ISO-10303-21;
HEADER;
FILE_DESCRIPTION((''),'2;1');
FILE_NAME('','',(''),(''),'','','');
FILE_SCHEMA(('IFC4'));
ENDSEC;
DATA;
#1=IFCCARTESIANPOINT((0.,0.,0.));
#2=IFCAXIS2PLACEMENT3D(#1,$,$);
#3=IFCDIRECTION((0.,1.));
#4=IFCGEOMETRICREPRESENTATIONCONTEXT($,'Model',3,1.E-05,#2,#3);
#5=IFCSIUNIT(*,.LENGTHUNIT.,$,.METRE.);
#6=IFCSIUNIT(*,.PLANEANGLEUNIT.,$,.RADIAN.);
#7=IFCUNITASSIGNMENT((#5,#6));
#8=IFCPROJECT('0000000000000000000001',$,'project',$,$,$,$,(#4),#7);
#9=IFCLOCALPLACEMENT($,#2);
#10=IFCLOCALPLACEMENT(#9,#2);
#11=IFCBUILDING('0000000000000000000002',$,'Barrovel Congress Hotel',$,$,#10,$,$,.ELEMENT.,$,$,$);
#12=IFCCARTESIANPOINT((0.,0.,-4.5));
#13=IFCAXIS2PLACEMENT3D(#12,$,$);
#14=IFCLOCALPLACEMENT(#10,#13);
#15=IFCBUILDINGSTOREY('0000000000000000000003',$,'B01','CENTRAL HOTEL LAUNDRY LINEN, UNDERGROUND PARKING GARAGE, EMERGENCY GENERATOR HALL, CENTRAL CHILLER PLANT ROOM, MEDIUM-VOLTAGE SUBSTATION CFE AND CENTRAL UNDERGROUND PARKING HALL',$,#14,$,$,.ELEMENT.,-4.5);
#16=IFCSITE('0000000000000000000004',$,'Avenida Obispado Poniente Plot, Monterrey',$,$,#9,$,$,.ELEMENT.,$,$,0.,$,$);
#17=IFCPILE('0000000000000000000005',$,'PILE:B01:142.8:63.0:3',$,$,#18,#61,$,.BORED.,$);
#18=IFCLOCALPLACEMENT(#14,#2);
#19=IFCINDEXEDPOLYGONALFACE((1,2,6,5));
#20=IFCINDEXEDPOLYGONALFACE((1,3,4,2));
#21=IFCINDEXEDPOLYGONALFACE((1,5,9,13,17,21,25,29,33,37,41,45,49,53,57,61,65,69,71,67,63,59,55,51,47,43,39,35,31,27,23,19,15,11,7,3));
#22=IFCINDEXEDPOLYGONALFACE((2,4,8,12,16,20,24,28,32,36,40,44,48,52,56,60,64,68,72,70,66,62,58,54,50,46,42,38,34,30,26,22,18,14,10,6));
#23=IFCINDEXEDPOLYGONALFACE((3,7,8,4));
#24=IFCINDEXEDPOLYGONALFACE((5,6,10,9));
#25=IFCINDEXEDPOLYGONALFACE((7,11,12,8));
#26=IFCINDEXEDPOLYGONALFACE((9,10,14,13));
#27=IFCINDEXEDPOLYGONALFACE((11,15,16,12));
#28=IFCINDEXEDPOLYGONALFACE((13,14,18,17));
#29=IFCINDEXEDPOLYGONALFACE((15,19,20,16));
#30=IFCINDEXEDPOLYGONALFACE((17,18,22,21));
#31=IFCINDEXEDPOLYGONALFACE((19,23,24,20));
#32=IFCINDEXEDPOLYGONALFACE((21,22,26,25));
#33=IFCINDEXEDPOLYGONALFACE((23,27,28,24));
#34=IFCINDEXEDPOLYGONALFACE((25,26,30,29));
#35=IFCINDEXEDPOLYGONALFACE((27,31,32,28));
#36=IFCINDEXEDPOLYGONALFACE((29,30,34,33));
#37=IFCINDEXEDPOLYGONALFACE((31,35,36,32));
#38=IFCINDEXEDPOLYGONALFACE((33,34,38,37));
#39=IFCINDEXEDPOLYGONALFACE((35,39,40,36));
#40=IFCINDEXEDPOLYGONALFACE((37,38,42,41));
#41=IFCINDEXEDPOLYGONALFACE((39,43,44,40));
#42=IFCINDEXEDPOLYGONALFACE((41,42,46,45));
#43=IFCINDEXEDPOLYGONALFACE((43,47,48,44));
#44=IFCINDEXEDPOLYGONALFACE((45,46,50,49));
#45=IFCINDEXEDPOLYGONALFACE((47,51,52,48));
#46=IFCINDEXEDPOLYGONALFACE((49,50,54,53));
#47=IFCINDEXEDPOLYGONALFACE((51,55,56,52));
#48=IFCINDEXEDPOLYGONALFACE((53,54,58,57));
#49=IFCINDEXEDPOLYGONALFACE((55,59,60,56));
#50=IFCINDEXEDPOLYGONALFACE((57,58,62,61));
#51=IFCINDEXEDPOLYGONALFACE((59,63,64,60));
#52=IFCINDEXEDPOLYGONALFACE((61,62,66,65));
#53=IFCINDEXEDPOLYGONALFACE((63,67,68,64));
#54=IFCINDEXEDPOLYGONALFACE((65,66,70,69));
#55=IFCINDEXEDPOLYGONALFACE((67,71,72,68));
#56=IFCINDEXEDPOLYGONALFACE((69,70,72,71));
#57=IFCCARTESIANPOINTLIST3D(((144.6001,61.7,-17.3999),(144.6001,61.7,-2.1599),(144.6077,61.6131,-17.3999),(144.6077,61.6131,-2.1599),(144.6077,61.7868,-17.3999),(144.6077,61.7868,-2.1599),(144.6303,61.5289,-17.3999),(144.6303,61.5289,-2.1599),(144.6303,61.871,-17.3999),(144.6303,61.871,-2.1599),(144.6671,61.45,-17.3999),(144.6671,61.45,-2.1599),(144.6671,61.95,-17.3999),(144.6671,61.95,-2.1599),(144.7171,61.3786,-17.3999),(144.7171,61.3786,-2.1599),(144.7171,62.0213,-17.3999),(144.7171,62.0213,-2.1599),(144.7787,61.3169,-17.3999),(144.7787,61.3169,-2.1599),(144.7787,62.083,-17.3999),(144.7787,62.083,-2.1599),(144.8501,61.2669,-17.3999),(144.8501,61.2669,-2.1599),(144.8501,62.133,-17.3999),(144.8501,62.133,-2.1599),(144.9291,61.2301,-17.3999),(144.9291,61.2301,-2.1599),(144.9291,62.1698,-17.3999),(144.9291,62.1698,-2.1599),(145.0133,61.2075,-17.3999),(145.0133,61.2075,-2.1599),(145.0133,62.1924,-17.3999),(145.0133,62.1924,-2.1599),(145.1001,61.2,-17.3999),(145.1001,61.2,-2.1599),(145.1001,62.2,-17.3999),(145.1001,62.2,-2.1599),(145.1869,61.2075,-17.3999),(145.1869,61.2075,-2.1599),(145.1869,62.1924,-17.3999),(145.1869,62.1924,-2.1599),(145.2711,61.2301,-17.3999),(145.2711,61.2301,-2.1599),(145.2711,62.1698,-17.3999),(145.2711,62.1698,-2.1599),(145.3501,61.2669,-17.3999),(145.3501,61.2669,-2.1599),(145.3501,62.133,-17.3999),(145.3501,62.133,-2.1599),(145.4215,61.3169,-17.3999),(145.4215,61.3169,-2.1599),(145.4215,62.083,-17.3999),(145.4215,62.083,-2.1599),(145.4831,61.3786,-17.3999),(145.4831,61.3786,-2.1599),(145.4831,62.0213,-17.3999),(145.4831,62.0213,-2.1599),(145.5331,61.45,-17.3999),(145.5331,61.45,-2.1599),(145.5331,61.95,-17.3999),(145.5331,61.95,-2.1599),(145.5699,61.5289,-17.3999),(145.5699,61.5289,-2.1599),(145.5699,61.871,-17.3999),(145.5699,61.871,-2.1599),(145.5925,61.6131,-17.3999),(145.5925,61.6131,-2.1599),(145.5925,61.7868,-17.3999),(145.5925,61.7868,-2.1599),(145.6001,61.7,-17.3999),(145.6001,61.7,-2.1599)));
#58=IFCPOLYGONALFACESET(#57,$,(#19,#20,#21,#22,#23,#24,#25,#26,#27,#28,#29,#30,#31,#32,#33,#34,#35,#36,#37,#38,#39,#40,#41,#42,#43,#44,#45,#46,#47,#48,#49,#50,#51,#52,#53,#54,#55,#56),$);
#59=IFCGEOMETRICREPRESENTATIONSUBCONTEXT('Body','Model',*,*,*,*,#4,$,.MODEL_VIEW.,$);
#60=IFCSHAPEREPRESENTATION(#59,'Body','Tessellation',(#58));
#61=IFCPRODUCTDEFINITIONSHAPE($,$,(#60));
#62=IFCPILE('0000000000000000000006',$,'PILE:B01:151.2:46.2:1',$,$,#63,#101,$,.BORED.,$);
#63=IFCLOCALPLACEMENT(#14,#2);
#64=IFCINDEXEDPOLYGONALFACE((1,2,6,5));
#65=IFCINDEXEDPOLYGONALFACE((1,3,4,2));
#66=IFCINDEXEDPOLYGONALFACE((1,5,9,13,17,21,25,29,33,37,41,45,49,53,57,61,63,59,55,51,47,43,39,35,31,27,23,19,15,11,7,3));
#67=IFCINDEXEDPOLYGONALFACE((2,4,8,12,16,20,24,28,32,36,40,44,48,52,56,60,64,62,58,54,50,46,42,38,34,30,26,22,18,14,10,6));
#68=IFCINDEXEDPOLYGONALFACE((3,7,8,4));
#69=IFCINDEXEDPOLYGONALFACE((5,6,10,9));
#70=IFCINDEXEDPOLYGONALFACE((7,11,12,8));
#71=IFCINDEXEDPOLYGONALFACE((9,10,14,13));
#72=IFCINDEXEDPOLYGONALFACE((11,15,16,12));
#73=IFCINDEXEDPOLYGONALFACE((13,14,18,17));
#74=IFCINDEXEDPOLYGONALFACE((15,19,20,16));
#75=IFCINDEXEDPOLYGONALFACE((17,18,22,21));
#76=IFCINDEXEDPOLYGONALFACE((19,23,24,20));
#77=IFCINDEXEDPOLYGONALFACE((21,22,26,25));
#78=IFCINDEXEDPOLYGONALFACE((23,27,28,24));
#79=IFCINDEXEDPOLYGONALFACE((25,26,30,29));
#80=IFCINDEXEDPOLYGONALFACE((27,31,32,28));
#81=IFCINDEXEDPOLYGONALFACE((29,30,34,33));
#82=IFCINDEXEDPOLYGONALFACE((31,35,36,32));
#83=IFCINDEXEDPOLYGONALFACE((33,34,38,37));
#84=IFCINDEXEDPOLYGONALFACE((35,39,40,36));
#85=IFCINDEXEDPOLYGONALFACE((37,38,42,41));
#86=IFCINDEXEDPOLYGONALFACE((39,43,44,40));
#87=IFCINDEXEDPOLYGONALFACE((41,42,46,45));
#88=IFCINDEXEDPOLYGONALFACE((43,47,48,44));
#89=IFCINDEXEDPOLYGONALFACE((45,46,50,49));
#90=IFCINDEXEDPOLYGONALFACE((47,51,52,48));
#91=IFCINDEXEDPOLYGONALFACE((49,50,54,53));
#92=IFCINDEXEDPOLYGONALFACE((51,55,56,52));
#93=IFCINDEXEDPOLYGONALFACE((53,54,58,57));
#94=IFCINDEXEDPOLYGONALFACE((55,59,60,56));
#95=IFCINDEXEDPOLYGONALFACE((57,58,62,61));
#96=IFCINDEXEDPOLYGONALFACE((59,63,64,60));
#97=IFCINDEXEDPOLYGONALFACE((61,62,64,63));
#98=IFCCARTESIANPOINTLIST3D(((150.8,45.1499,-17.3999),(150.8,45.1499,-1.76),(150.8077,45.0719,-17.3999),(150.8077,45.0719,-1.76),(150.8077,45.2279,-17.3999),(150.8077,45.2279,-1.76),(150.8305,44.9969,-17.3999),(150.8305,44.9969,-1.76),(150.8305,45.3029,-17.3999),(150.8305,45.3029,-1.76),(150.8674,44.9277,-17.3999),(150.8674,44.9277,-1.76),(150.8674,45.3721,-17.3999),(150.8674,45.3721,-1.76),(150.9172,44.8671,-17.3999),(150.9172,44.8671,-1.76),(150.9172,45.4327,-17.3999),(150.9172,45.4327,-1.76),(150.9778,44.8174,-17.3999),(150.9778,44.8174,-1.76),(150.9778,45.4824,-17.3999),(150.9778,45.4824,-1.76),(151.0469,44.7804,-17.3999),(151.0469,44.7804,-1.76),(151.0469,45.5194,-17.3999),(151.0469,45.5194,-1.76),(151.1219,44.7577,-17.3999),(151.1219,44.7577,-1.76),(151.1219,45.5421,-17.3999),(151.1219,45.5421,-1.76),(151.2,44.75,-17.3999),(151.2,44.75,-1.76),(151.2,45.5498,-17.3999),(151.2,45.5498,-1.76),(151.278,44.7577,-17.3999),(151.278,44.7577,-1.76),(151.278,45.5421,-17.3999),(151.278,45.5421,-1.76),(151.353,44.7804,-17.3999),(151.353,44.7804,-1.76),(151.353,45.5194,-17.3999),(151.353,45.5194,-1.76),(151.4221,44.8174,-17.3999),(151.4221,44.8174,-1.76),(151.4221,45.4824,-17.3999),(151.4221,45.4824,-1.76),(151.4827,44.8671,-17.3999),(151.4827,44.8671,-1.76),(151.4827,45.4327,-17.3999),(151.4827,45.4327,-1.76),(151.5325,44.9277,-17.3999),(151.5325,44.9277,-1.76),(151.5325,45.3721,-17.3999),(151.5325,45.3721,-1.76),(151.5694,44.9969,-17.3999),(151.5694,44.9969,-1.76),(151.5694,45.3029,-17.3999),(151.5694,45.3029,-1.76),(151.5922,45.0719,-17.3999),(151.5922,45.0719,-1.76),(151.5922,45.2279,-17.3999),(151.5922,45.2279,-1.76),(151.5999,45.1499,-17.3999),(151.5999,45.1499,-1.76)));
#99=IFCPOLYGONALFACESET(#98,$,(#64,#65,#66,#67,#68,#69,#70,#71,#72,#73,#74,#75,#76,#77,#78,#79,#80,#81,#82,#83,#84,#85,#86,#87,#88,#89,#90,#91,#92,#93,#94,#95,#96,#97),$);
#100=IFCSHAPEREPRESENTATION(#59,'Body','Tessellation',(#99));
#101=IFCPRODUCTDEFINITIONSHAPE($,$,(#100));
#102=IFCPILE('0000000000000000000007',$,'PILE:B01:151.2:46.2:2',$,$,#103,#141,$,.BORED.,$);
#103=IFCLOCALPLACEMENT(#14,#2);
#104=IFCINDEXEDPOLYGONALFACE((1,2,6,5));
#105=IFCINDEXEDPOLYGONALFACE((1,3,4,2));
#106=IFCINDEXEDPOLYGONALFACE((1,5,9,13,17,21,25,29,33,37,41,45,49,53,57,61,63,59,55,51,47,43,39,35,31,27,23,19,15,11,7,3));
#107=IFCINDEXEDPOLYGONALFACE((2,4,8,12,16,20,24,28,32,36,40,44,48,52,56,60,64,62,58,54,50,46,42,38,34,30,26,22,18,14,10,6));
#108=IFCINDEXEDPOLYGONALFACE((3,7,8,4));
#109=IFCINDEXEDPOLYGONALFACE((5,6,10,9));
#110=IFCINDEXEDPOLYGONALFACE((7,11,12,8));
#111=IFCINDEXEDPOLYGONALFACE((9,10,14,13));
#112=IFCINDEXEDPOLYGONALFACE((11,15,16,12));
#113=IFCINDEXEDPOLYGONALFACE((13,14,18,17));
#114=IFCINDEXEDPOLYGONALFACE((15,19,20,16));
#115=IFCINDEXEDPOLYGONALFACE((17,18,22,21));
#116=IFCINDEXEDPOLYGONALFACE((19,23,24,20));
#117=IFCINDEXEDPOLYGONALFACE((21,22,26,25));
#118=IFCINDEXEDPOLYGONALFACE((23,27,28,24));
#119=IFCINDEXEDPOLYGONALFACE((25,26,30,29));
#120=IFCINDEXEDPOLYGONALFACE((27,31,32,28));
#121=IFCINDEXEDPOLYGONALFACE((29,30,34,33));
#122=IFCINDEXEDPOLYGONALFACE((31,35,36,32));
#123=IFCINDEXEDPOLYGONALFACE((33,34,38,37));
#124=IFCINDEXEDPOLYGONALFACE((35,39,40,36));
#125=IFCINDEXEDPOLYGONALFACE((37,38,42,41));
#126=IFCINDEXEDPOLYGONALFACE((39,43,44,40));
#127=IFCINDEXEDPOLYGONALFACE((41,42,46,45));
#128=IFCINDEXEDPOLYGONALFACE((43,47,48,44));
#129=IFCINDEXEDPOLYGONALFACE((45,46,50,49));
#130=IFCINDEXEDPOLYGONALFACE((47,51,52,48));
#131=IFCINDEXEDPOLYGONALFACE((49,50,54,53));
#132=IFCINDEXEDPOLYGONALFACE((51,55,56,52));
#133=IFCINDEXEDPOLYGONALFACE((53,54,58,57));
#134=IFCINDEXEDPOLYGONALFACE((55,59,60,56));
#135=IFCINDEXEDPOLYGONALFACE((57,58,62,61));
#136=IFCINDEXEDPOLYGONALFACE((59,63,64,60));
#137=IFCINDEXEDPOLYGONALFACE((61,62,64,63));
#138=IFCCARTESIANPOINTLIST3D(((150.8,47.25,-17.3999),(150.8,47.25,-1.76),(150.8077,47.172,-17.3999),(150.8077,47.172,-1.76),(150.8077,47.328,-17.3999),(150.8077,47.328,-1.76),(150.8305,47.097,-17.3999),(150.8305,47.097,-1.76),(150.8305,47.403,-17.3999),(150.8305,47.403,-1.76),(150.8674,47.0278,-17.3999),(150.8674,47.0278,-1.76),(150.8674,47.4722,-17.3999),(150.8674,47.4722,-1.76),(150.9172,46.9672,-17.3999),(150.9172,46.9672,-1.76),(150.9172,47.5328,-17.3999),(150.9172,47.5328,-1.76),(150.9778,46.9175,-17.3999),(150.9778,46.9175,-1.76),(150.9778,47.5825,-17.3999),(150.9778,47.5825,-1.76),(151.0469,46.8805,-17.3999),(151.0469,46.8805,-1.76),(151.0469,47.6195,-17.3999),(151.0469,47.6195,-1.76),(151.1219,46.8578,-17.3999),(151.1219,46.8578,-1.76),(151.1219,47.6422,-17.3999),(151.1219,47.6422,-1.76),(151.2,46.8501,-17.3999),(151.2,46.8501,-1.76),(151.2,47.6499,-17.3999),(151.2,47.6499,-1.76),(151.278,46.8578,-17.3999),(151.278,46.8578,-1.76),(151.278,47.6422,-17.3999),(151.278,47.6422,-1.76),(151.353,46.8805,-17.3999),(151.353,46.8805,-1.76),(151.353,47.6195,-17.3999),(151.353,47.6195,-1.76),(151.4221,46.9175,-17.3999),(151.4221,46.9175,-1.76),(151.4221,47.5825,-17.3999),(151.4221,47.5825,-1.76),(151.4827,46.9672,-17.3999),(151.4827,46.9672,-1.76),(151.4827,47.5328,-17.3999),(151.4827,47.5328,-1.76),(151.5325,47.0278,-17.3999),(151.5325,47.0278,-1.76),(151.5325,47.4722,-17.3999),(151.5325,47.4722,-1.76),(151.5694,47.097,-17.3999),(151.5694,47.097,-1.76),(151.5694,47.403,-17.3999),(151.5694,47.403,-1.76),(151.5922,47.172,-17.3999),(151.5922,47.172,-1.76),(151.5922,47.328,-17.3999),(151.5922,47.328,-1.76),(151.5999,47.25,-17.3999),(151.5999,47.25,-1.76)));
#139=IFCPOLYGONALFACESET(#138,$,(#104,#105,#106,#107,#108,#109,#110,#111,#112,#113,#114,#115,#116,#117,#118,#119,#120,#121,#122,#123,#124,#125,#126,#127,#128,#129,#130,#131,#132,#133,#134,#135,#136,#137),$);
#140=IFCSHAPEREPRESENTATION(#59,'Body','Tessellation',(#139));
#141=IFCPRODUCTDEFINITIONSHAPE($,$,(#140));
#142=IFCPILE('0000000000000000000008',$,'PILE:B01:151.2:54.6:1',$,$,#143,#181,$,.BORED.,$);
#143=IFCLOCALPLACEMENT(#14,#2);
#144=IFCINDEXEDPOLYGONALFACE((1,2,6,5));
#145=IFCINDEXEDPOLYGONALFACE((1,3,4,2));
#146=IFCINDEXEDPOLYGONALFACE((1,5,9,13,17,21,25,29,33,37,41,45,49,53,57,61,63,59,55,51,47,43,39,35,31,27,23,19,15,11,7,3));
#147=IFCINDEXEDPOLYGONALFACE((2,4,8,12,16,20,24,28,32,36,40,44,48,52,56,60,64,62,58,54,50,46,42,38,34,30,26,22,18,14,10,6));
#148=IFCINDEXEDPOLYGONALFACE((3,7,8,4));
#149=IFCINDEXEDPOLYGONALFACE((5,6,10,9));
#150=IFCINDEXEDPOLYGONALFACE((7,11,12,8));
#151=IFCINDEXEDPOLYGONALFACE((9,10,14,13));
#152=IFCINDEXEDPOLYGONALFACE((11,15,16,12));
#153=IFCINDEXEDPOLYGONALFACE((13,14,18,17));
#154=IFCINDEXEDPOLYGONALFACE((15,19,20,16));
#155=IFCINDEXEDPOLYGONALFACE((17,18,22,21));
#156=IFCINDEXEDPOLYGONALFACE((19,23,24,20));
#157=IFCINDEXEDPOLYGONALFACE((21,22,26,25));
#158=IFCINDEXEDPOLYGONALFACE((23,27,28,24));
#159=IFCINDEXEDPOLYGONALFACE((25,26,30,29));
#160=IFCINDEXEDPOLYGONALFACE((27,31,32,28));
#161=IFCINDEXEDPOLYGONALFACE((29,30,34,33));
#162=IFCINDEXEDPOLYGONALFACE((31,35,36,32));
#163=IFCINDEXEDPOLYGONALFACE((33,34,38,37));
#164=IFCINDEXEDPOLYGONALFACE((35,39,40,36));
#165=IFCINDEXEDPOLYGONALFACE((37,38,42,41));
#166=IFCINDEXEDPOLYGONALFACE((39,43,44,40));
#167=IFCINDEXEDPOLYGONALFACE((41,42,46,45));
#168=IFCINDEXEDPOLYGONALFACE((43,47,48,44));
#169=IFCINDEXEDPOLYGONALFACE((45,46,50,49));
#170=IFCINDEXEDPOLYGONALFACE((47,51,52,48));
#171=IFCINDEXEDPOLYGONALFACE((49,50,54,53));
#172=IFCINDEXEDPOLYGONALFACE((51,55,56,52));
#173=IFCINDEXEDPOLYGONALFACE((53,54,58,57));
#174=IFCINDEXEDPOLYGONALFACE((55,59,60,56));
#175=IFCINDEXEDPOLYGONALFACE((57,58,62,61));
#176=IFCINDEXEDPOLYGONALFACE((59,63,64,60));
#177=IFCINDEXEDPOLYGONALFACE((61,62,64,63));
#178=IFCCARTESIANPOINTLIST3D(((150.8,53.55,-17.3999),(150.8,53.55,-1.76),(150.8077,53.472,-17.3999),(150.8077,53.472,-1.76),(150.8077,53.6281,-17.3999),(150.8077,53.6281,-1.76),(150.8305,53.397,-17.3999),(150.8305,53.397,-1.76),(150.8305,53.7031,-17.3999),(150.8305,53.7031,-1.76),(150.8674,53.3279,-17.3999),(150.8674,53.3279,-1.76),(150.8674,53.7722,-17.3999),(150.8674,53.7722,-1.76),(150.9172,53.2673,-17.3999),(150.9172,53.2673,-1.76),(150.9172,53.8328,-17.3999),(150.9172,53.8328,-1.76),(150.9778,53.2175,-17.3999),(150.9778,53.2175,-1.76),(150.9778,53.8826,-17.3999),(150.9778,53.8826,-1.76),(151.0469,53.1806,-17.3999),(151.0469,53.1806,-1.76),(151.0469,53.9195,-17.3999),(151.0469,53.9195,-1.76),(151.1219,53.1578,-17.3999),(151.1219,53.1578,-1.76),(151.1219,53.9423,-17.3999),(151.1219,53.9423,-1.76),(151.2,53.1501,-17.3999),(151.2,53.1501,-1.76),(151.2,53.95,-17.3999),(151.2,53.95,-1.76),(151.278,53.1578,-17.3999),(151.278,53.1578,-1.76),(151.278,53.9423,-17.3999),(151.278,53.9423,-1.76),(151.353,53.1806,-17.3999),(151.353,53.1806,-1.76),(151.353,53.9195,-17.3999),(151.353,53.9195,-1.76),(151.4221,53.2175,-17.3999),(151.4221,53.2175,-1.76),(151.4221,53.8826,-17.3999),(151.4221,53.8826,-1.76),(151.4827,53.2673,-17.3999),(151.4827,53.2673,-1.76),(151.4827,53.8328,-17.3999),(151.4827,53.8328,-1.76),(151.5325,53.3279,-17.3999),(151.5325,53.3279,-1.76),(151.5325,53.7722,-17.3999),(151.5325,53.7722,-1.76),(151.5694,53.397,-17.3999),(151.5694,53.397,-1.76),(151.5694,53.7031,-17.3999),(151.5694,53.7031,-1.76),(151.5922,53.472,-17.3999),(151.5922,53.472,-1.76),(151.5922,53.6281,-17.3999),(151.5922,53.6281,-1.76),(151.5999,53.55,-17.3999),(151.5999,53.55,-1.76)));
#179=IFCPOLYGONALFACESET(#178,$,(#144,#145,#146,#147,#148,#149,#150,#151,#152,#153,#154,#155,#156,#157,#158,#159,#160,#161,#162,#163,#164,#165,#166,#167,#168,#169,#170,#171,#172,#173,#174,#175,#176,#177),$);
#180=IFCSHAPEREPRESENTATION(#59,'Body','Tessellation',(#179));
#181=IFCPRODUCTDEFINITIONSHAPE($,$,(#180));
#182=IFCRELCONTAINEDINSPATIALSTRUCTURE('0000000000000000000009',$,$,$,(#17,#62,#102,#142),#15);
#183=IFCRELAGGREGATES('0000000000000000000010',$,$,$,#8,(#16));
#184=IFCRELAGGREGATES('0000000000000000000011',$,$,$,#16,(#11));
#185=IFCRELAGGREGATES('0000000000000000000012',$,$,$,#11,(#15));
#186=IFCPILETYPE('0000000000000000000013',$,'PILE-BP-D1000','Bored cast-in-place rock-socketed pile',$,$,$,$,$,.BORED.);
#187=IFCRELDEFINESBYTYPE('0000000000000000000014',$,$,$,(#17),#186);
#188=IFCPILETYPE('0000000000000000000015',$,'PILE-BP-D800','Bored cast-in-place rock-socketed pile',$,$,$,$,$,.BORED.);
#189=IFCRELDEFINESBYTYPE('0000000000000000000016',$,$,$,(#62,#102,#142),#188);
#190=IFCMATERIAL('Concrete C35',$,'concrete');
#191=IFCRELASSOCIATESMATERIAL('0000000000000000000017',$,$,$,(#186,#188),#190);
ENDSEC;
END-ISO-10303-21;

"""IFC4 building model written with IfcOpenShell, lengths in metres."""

from ifc_helpers import new_model, si_unit, direction, frame, origin, origin_2d, place, context, subcontext, project, spatial, circle, extrude, material, material_profile, profile_set, type_object, element, save


model = new_model("IFC4")

# Units and contexts
model_context = context("Model", 3, precision=1e-05, world=origin(), true_north=direction((0.0, 1.0)))
body_context = subcontext(model_context, "Body", "Model", "MODEL_VIEW")
ifc_project = project(units=[si_unit("LENGTHUNIT", "METRE"), si_unit("PLANEANGLEUNIT", "RADIAN")], contexts=[model_context])

# Site, building, storey
site_placement = place(None, origin())
site = spatial("IfcSite", under=ifc_project, at=site_placement, Name="Avenida Obispado Poniente Plot, Monterrey", CompositionType="ELEMENT", RefElevation=0.0)
building_placement = place(site_placement, origin())
building = spatial("IfcBuilding", under=site, at=building_placement, Name="Barrovel Congress Hotel", CompositionType="ELEMENT")
storey_placement = place(building_placement, frame((0.0, 0.0, -4.5)))
storey = spatial("IfcBuildingStorey", under=building, at=storey_placement, Name="B01", Description="CENTRAL HOTEL LAUNDRY LINEN, UNDERGROUND PARKING GARAGE, EMERGENCY GENERATOR HALL, CENTRAL CHILLER PLANT ROOM, MEDIUM-VOLTAGE SUBSTATION CFE AND CENTRAL UNDERGROUND PARKING HALL", CompositionType="ELEMENT", Elevation=-4.5)

# Piles
ifc_material_1 = material(Name="Concrete C35", Category="concrete")
ifc_material_profile_1 = material_profile(ifc_material_1, circle(Radius=0.5, at=origin_2d()), Name="BP-D1000")
ifc_profile_set_1 = profile_set([ifc_material_profile_1], Name="Concrete C35")
pile_type_1 = type_object("IfcPileType", Name="PILE-BP-D1000", Description="Bored cast-in-place rock-socketed pile", PredefinedType="BORED", material=ifc_profile_set_1)
for number, where, z_axis, x_axis, name in (
    (1, (145.1001, 61.7, -2.1599), (0.0, 0.0, -1.0), (1.0, 0.0, 0.0), "PILE:B01:142.8:63.0:3"),
):
    element("IfcPile", number, at=place(storey_placement, frame(where, z_axis=z_axis, x_axis=x_axis)), inside=storey, type_object=pile_type_1, Name=name, PredefinedType="BORED", context=body_context, shape_type="SweptSolid", body=[
        extrude(circle(Radius=0.5, at=origin_2d()), origin(), (0.0, 0.0, 1.0), 15.24),
    ])
ifc_material_profile_2 = material_profile(ifc_material_1, circle(Radius=0.3999, at=origin_2d()), Name="BP-D800")
ifc_profile_set_2 = profile_set([ifc_material_profile_2], Name="Concrete C35")
pile_type_2 = type_object("IfcPileType", Name="PILE-BP-D800", Description="Bored cast-in-place rock-socketed pile", PredefinedType="BORED", material=ifc_profile_set_2)
for number, where, z_axis, x_axis, name in (
    (2, (151.2, 45.1499, -1.76), (0.0, 0.0, -1.0), (1.0, 0.0, 0.0), "PILE:B01:151.2:46.2:1"),
    (3, (151.2, 47.25, -1.76), (0.0, 0.0, -1.0), (1.0, 0.0, 0.0), "PILE:B01:151.2:46.2:2"),
    (4, (151.2, 53.55, -1.76), (0.0, 0.0, -1.0), (1.0, 0.0, 0.0), "PILE:B01:151.2:54.6:1"),
):
    element("IfcPile", number, at=place(storey_placement, frame(where, z_axis=z_axis, x_axis=x_axis)), inside=storey, type_object=pile_type_2, Name=name, PredefinedType="BORED", context=body_context, shape_type="SweptSolid", body=[
        extrude(circle(Radius=0.3999, at=origin_2d()), origin(), (0.0, 0.0, 1.0), 15.6399),
    ])

save(model, "model.ifc")
